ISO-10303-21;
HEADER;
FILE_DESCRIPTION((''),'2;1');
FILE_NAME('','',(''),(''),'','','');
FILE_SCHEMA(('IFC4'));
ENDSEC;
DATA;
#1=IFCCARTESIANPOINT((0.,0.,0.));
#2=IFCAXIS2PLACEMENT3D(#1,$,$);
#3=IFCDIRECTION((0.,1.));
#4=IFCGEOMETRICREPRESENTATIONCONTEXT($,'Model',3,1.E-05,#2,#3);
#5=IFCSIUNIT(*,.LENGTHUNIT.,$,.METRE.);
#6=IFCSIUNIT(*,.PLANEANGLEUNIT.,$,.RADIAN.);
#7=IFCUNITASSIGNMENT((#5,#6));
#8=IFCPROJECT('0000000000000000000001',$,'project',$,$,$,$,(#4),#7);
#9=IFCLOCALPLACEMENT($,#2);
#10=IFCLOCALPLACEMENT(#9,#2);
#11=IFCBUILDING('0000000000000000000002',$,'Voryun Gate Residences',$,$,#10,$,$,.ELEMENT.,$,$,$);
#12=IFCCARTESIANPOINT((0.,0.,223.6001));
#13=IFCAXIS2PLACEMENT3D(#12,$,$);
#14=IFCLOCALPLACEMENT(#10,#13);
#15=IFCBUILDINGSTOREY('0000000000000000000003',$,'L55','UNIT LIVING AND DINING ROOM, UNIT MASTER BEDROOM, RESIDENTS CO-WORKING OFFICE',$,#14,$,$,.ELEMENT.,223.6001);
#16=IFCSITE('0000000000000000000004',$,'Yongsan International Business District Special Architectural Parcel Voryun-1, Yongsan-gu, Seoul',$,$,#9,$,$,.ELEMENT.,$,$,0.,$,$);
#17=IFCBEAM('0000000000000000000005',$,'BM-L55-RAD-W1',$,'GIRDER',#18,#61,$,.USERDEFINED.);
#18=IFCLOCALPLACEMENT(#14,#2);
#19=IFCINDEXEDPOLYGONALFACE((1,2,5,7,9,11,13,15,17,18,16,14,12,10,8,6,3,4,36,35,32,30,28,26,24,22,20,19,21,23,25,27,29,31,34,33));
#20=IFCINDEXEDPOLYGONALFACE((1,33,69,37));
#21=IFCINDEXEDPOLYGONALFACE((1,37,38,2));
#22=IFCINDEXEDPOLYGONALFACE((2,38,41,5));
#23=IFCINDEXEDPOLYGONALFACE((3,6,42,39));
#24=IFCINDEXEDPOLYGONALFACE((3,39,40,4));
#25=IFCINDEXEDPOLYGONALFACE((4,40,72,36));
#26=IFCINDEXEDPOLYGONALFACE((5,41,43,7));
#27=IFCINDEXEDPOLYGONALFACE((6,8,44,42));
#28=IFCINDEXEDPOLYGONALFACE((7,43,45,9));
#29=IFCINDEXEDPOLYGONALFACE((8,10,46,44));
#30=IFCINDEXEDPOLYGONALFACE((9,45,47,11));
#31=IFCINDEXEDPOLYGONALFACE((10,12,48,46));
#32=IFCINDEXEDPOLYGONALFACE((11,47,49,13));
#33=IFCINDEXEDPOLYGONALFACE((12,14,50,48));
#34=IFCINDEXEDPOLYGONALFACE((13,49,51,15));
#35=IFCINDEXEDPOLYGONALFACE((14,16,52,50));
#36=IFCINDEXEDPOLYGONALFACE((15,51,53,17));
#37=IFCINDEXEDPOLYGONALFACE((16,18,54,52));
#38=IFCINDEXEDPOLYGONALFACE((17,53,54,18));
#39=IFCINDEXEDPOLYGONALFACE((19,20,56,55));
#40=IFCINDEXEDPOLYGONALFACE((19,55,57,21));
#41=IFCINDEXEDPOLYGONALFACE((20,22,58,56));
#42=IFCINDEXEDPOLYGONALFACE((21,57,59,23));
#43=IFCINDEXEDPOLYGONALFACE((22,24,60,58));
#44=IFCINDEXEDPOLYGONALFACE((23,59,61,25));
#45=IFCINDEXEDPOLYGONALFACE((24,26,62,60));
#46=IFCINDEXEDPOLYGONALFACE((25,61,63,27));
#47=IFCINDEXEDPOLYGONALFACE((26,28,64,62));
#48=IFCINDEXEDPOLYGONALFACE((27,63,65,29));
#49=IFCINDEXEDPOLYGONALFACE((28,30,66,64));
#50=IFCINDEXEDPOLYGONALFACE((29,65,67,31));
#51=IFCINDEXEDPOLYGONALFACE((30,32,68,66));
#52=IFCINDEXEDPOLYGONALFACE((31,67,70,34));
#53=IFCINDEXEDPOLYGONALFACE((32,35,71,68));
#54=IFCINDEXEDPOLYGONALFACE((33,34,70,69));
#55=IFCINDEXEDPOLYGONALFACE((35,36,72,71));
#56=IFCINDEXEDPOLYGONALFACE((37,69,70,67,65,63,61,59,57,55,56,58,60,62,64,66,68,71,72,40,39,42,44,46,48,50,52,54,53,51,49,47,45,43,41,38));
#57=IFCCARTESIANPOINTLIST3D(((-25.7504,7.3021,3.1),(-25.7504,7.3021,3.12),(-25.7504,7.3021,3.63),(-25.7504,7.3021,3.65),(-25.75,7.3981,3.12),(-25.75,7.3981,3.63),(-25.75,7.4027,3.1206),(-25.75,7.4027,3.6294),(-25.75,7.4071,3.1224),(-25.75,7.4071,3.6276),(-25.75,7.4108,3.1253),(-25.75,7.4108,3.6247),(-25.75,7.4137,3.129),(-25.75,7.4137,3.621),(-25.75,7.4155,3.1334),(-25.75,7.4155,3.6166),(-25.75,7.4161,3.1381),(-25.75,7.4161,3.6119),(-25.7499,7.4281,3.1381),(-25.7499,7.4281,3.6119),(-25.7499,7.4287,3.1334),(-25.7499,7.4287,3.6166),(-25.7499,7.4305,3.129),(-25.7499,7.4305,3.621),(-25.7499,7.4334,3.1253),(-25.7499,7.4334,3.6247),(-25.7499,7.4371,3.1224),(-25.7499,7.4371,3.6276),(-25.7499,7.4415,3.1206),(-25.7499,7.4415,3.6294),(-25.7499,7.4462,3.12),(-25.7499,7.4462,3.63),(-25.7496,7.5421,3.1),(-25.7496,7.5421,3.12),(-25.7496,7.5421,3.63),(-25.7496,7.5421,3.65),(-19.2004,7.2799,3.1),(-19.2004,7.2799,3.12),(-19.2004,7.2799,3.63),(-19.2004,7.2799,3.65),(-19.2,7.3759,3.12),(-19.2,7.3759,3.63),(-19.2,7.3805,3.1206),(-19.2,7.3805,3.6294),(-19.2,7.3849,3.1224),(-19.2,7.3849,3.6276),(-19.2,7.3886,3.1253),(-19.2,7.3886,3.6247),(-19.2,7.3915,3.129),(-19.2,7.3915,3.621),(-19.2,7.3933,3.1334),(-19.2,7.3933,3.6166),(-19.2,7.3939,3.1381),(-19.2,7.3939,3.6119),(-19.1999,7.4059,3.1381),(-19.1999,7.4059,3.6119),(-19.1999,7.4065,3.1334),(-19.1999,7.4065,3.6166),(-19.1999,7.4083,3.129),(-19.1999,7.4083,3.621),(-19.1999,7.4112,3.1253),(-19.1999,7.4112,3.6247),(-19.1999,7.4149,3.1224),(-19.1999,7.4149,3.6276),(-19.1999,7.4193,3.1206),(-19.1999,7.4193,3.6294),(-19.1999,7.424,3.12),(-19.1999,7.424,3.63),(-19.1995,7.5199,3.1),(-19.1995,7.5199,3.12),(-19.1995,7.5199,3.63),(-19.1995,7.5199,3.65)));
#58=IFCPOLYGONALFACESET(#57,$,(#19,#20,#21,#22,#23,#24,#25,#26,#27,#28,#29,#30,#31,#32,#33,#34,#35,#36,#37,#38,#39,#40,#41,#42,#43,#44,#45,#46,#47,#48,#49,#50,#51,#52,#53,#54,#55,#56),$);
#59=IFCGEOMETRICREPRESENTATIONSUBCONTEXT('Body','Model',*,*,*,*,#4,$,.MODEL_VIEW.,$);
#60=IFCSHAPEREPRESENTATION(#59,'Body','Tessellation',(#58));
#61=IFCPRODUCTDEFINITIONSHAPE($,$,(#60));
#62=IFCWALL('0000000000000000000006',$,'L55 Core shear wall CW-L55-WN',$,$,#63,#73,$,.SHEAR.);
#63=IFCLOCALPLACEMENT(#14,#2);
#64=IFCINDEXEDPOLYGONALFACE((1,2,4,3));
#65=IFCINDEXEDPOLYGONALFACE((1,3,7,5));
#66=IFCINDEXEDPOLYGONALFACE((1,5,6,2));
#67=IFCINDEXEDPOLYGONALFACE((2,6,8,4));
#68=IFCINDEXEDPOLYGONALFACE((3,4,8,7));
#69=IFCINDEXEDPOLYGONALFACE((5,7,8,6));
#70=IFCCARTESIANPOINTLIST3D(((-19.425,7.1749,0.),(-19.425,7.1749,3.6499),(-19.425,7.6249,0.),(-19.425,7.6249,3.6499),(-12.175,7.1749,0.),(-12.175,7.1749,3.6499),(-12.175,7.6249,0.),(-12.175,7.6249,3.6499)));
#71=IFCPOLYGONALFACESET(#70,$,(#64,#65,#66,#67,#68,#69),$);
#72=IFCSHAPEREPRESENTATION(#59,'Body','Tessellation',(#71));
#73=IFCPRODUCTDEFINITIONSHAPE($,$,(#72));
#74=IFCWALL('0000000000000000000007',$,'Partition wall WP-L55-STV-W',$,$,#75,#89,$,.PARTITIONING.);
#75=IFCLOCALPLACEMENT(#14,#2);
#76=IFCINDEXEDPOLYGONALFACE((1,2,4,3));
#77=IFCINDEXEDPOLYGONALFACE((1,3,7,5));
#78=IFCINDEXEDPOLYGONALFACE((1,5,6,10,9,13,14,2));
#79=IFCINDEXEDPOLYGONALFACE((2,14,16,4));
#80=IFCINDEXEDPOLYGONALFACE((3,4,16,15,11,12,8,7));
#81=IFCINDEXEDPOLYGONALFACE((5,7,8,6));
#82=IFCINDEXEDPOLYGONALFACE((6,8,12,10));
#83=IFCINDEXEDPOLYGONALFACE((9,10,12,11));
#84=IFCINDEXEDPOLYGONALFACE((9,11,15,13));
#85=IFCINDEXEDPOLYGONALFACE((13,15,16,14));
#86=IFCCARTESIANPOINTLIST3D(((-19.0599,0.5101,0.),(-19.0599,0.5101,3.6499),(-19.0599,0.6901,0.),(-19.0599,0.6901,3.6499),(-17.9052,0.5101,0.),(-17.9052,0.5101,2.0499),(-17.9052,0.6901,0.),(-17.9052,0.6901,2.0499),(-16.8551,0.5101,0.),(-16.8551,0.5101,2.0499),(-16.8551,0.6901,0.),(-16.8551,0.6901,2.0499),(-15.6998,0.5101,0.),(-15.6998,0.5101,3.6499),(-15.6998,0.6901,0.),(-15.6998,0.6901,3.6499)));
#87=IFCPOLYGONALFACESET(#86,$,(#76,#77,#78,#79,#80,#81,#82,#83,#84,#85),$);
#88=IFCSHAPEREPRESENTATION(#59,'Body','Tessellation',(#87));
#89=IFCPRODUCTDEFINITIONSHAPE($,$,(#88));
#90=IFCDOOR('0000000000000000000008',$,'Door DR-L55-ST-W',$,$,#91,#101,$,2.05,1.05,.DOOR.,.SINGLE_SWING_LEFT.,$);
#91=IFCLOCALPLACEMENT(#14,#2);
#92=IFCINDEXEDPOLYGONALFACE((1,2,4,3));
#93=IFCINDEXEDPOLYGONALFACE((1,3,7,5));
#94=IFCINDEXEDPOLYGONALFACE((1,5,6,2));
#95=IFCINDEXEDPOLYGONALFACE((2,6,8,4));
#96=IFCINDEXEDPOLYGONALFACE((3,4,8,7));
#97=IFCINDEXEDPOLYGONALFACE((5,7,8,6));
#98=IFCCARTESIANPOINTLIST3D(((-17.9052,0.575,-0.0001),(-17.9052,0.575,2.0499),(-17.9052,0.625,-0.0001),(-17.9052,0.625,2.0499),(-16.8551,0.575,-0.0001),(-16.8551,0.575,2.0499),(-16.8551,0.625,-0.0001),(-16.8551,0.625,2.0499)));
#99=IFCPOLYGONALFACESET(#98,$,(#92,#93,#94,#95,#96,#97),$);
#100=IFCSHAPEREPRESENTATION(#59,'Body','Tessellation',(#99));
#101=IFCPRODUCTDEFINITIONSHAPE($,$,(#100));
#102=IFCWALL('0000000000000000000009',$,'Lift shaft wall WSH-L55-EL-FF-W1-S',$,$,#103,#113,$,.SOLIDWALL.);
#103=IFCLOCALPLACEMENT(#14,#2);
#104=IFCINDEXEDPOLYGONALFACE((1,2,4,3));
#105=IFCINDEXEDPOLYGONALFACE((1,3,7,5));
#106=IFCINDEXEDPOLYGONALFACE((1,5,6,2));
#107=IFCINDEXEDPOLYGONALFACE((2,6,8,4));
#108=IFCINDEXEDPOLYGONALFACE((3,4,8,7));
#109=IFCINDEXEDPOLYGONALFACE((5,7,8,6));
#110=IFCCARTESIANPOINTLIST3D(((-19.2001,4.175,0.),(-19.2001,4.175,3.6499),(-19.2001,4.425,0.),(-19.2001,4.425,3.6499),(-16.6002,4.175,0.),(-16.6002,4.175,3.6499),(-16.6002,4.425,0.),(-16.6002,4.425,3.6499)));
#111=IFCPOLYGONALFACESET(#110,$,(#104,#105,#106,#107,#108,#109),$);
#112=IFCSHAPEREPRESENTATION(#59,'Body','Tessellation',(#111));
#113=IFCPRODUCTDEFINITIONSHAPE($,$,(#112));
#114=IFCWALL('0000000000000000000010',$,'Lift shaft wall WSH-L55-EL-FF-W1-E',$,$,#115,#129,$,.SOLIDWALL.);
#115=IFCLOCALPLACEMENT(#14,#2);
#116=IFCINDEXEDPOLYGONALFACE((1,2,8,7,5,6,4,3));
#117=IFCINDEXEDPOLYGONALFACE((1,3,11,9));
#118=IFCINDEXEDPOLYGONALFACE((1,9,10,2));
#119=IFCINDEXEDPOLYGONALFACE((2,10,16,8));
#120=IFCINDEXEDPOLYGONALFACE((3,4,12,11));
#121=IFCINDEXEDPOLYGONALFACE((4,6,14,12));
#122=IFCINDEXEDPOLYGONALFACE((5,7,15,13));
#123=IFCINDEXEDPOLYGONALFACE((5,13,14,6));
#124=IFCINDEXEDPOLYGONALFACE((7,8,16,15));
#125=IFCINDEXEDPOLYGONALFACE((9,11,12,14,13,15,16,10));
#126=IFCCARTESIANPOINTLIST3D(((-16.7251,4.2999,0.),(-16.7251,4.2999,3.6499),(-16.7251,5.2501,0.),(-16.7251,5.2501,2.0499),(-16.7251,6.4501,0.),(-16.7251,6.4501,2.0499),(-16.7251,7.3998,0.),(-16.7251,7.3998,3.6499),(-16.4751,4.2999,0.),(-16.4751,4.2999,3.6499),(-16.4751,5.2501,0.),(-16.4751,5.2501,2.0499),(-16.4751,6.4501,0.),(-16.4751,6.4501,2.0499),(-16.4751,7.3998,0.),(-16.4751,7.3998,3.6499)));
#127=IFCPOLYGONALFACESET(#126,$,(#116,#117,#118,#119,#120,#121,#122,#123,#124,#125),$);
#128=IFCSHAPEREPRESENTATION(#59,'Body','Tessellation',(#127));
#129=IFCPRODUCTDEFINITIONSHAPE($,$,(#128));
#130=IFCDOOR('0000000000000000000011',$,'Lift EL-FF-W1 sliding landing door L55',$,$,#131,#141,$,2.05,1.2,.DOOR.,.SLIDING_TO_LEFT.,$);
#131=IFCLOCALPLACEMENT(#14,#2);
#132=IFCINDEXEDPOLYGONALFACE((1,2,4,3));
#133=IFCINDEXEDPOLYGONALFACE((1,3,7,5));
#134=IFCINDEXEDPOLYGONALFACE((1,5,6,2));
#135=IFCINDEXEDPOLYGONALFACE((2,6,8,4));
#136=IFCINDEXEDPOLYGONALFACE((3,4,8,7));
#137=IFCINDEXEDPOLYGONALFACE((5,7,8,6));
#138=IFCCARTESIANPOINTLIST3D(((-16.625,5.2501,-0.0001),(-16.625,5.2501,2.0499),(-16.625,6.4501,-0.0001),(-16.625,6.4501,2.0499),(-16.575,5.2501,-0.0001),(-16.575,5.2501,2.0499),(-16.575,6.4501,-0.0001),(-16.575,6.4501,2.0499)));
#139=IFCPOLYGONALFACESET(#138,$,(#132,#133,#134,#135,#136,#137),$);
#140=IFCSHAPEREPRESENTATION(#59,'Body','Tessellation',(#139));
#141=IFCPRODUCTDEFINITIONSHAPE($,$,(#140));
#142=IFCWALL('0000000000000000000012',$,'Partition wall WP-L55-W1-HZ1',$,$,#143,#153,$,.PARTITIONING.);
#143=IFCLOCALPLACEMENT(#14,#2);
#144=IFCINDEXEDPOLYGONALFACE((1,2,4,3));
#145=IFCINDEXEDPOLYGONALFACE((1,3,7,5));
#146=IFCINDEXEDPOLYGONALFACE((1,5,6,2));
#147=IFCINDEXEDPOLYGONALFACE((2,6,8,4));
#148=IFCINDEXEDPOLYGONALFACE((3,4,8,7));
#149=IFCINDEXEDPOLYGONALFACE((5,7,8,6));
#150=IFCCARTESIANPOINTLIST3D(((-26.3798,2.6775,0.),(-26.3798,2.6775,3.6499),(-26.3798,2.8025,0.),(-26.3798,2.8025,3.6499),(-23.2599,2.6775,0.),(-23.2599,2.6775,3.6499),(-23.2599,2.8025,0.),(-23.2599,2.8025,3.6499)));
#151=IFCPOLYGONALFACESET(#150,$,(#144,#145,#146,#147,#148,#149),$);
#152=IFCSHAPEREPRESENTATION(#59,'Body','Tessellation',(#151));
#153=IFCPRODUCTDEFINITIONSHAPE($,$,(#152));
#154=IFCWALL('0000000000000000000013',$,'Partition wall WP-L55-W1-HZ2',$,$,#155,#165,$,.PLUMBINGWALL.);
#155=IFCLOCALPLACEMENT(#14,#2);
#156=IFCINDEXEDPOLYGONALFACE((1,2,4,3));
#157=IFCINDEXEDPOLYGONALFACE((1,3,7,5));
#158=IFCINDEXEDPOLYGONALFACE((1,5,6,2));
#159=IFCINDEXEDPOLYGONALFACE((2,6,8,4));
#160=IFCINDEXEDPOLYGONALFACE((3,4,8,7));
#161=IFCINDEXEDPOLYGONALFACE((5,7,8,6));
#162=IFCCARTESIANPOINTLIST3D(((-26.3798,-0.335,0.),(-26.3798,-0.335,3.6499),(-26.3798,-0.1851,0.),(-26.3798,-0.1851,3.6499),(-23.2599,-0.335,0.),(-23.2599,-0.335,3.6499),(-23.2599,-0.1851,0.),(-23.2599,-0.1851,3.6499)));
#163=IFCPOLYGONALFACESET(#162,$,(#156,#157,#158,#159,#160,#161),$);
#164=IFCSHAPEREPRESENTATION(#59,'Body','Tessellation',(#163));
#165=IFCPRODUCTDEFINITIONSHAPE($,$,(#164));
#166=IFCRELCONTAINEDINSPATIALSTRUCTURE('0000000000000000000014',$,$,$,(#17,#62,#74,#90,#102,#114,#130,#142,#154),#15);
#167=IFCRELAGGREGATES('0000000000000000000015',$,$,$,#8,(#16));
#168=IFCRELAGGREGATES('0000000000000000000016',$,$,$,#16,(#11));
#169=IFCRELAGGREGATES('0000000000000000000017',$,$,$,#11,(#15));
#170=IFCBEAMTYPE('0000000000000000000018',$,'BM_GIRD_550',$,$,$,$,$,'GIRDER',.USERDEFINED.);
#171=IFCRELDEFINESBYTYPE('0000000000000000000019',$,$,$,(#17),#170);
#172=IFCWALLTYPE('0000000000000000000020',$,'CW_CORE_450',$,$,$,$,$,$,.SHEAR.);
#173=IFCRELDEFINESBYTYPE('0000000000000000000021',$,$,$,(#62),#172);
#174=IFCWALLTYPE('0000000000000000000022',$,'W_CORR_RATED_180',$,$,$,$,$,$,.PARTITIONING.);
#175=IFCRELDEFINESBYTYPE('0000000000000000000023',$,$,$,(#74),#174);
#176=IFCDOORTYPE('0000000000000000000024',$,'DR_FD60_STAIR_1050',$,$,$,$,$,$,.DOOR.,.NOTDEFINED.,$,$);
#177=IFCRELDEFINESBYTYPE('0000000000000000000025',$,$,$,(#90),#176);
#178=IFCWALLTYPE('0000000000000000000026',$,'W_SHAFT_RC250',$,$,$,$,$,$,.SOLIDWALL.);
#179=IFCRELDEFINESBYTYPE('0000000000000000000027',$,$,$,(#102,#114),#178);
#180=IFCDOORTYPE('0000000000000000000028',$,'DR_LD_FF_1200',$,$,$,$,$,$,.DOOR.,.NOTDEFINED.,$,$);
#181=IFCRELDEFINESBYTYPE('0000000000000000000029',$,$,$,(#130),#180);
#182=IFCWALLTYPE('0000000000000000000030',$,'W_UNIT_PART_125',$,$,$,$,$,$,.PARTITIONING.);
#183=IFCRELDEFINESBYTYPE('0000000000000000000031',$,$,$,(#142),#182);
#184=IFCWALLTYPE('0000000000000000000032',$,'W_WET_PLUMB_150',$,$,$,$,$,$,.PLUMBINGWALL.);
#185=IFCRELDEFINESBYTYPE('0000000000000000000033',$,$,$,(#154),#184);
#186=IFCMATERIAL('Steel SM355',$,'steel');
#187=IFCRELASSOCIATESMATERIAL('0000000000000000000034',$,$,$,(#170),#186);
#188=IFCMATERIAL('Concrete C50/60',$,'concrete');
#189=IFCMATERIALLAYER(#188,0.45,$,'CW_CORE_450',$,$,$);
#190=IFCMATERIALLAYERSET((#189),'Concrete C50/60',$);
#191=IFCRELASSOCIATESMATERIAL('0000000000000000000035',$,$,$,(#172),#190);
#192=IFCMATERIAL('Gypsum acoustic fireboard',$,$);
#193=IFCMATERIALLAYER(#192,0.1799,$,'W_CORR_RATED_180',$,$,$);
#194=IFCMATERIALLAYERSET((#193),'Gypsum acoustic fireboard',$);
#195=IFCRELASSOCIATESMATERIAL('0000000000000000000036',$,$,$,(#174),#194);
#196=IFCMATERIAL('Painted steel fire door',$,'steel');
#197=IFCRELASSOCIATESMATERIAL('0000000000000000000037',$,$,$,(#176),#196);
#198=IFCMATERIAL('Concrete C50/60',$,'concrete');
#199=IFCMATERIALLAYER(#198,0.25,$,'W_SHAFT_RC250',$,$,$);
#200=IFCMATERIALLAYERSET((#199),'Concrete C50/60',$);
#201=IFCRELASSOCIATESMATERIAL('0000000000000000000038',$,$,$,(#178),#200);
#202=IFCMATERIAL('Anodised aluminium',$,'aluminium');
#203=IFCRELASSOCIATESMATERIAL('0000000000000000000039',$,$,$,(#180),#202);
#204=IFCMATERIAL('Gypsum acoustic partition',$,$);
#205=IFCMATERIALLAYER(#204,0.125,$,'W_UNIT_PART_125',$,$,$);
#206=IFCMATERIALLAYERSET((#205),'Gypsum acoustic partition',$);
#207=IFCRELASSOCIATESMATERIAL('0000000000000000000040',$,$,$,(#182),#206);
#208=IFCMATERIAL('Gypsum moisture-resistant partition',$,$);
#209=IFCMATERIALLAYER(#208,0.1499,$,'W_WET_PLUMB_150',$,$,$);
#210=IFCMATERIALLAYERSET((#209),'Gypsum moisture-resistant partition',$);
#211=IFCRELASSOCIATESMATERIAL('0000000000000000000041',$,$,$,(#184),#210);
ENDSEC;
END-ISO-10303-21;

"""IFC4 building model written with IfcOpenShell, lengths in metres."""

from ifc_helpers import new_model, si_unit, direction, frame, frame_2d, origin, origin_2d, place, context, subcontext, project, spatial, rectangle, i_section, extrude, material, layer, layer_set, material_profile, profile_set, type_object, element, fill, save


model = new_model("IFC4")

# Units and contexts
model_context = context("Model", 3, precision=1e-05, world=origin(), true_north=direction((0.0, 1.0)))
body_context = subcontext(model_context, "Body", "Model", "MODEL_VIEW")
ifc_project = project(units=[si_unit("LENGTHUNIT", "METRE"), si_unit("PLANEANGLEUNIT", "RADIAN")], contexts=[model_context])

# Site, building, storey
site_placement = place(None, origin())
site = spatial("IfcSite", under=ifc_project, at=site_placement, Name="Yongsan International Business District Special Architectural Parcel Voryun-1, Yongsan-gu, Seoul", CompositionType="ELEMENT", RefElevation=0.0)
building_placement = place(site_placement, origin())
building = spatial("IfcBuilding", under=site, at=building_placement, Name="Voryun Gate Residences", CompositionType="ELEMENT")
storey_placement = place(building_placement, frame((0.0, 0.0, 223.6001)))
storey = spatial("IfcBuildingStorey", under=building, at=storey_placement, Name="L55", Description="UNIT LIVING AND DINING ROOM, UNIT MASTER BEDROOM, RESIDENTS CO-WORKING OFFICE", CompositionType="ELEMENT", Elevation=223.6001)

# Beam
ifc_material_1 = material(Name="Steel SM355", Category="steel")
ifc_material_profile_1 = material_profile(ifc_material_1, i_section(OverallWidth=0.24, OverallDepth=0.55, WebThickness=0.012, FlangeThickness=0.02, FilletRadius=0.0181, at=origin_2d()), Name="H-550x240x12x20")
ifc_profile_set_1 = profile_set([ifc_material_profile_1], Name="Steel SM355")
beam_type_1 = type_object("IfcBeamType", Name="BM_GIRD_550", ElementType="GIRDER", PredefinedType="USERDEFINED", material=ifc_profile_set_1)
beam_1_placement = place(storey_placement, frame((-19.2, 7.3999, 3.375), z_axis=(-0.999994, 0.003392, 0.0), x_axis=(-0.003392, -0.999994, 0.0)))
element("IfcBeam", 1, at=beam_1_placement, inside=storey, type_object=beam_type_1, Name="BM-L55-RAD-W1", ObjectType="GIRDER", PredefinedType="USERDEFINED", context=body_context, shape_type="SweptSolid", body=[
    extrude(i_section(OverallWidth=0.24, OverallDepth=0.55, WebThickness=0.012, FlangeThickness=0.02, FilletRadius=0.0181, at=origin_2d()), origin(), (0.0, 0.0, 1.0), 6.55),
])

# Wall
ifc_material_2 = material(Name="Concrete C50/60", Category="concrete")
ifc_layer_1 = layer(ifc_material_2, 0.45, Name="CW_CORE_450")
ifc_layer_set_1 = layer_set([ifc_layer_1], Name="Concrete C50/60")
wall_type_1 = type_object("IfcWallType", Name="CW_CORE_450", PredefinedType="SHEAR", material=ifc_layer_set_1)
wall_1_placement = place(storey_placement, frame((-19.425, 7.3999, 0.0), z_axis=(0.0, 0.0, 1.0), x_axis=(1.0, 0.0, 0.0)))
element("IfcWall", 2, at=wall_1_placement, inside=storey, type_object=wall_type_1, Name="L55 Core shear wall CW-L55-WN", PredefinedType="SHEAR", context=body_context, shape_type="SweptSolid", body=[
    extrude(rectangle(XDim=7.25, YDim=0.45, at=frame_2d((3.625, 0.0))), origin(), (0.0, 0.0, 1.0), 3.6499),
])

# Wall, opening, door
ifc_material_3 = material(Name="Gypsum acoustic fireboard")
ifc_layer_2 = layer(ifc_material_3, 0.1799, Name="W_CORR_RATED_180")
ifc_layer_set_2 = layer_set([ifc_layer_2], Name="Gypsum acoustic fireboard")
wall_type_2 = type_object("IfcWallType", Name="W_CORR_RATED_180", PredefinedType="PARTITIONING", material=ifc_layer_set_2)
wall_2_placement = place(storey_placement, frame((-19.0601, 0.6001, 0.0), z_axis=(0.0, 0.0, 1.0), x_axis=(1.0, 0.0, 0.0)))
wall_2 = element("IfcWall", 3, at=wall_2_placement, inside=storey, type_object=wall_type_2, Name="Partition wall WP-L55-STV-W", PredefinedType="PARTITIONING", context=body_context, shape_type="SweptSolid", body=[
    extrude(rectangle(XDim=3.3601, YDim=0.1799, at=frame_2d((1.6802, 0.0))), origin(), (0.0, 0.0, 1.0), 3.6499),
])
opening_1_placement = place(wall_2_placement, frame((1.155, 0.0, 0.0)))
opening_1 = element("IfcOpeningElement", 4, at=opening_1_placement, cuts=wall_2, PredefinedType="OPENING", context=body_context, shape_type="SweptSolid", body=[
    extrude(rectangle(XDim=1.05, YDim=2.05, at=frame_2d((0.5249, 1.0249))), frame((0.0, 0.0999, 0.0), z_axis=(0.0, -1.0, 0.0), x_axis=(1.0, 0.0, 0.0)), (0.0, 0.0, 1.0), 0.2),
])
ifc_material_4 = material(Name="Painted steel fire door", Category="steel")
door_type_1 = type_object("IfcDoorType", Name="DR_FD60_STAIR_1050", OperationType="NOTDEFINED", PredefinedType="DOOR", material=ifc_material_4)
door_1_placement = place(opening_1_placement, origin())
door_1 = element("IfcDoor", 5, at=door_1_placement, inside=storey, type_object=door_type_1, Name="Door DR-L55-ST-W", OperationType="SINGLE_SWING_LEFT", OverallHeight=2.05, OverallWidth=1.05, PredefinedType="DOOR", context=body_context, shape_type="SweptSolid", body=[
    extrude(rectangle(XDim=1.05, YDim=2.05, at=frame_2d((0.5249, 1.0249))), frame((0.0, 0.0249, 0.0), z_axis=(0.0, -1.0, 0.0), x_axis=(1.0, 0.0, 0.0)), (0.0, 0.0, 1.0), 0.05),
])
fill(opening_1, door_1)

# Wall
ifc_material_5 = material(Name="Concrete C50/60", Category="concrete")
ifc_layer_3 = layer(ifc_material_5, 0.25, Name="W_SHAFT_RC250")
ifc_layer_set_3 = layer_set([ifc_layer_3], Name="Concrete C50/60")
wall_type_3 = type_object("IfcWallType", Name="W_SHAFT_RC250", PredefinedType="SOLIDWALL", material=ifc_layer_set_3)
wall_3_placement = place(storey_placement, frame((-19.2, 4.3, 0.0), z_axis=(0.0, 0.0, 1.0), x_axis=(1.0, 0.0, 0.0)))
element("IfcWall", 6, at=wall_3_placement, inside=storey, type_object=wall_type_3, Name="Lift shaft wall WSH-L55-EL-FF-W1-S", PredefinedType="SOLIDWALL", context=body_context, shape_type="SweptSolid", body=[
    extrude(rectangle(XDim=2.5999, YDim=0.25, at=frame_2d((1.2998, 0.0))), origin(), (0.0, 0.0, 1.0), 3.6499),
])

# Wall, opening, door
wall_4_placement = place(storey_placement, frame((-16.6001, 4.3, 0.0), z_axis=(0.0, 0.0, 1.0), x_axis=(0.0, 1.0, 0.0)))
wall_4 = element("IfcWall", 7, at=wall_4_placement, inside=storey, type_object=wall_type_3, Name="Lift shaft wall WSH-L55-EL-FF-W1-E", PredefinedType="SOLIDWALL", context=body_context, shape_type="SweptSolid", body=[
    extrude(rectangle(XDim=3.0999, YDim=0.25, at=frame_2d((1.5498, 0.0))), origin(), (0.0, 0.0, 1.0), 3.6499),
])
opening_2_placement = place(wall_4_placement, frame((0.95, 0.0, 0.0)))
opening_2 = element("IfcOpeningElement", 8, at=opening_2_placement, cuts=wall_4, PredefinedType="OPENING", context=body_context, shape_type="SweptSolid", body=[
    extrude(rectangle(XDim=1.2, YDim=2.05, at=frame_2d((0.6001, 1.0249))), frame((0.0, 0.135, 0.0), z_axis=(0.0, -1.0, 0.0), x_axis=(1.0, 0.0, 0.0)), (0.0, 0.0, 1.0), 0.27),
])
ifc_material_6 = material(Name="Anodised aluminium", Category="aluminium")
door_type_2 = type_object("IfcDoorType", Name="DR_LD_FF_1200", OperationType="NOTDEFINED", PredefinedType="DOOR", material=ifc_material_6)
door_2_placement = place(opening_2_placement, origin())
door_2 = element("IfcDoor", 9, at=door_2_placement, inside=storey, type_object=door_type_2, Name="Lift EL-FF-W1 sliding landing door L55", OperationType="SLIDING_TO_LEFT", OverallHeight=2.05, OverallWidth=1.2, PredefinedType="DOOR", context=body_context, shape_type="SweptSolid", body=[
    extrude(rectangle(XDim=1.2, YDim=2.05, at=frame_2d((0.6001, 1.0249))), frame((0.0, 0.0249, 0.0), z_axis=(0.0, -1.0, 0.0), x_axis=(1.0, 0.0, 0.0)), (0.0, 0.0, 1.0), 0.05),
])
fill(opening_2, door_2)

# Walls
ifc_material_7 = material(Name="Gypsum acoustic partition")
ifc_layer_4 = layer(ifc_material_7, 0.125, Name="W_UNIT_PART_125")
ifc_layer_set_4 = layer_set([ifc_layer_4], Name="Gypsum acoustic partition")
wall_type_4 = type_object("IfcWallType", Name="W_UNIT_PART_125", PredefinedType="PARTITIONING", material=ifc_layer_set_4)
wall_5_placement = place(storey_placement, frame((-26.3799, 2.74, 0.0), z_axis=(0.0, 0.0, 1.0), x_axis=(1.0, 0.0, 0.0)))
element("IfcWall", 10, at=wall_5_placement, inside=storey, type_object=wall_type_4, Name="Partition wall WP-L55-W1-HZ1", PredefinedType="PARTITIONING", context=body_context, shape_type="SweptSolid", body=[
    extrude(rectangle(XDim=3.1199, YDim=0.125, at=frame_2d((1.5601, 0.0))), origin(), (0.0, 0.0, 1.0), 3.6499),
])
ifc_material_8 = material(Name="Gypsum moisture-resistant partition")
ifc_layer_5 = layer(ifc_material_8, 0.1499, Name="W_WET_PLUMB_150")
ifc_layer_set_5 = layer_set([ifc_layer_5], Name="Gypsum moisture-resistant partition")
wall_type_5 = type_object("IfcWallType", Name="W_WET_PLUMB_150", PredefinedType="PLUMBINGWALL", material=ifc_layer_set_5)
wall_6_placement = place(storey_placement, frame((-26.3799, -0.26, 0.0), z_axis=(0.0, 0.0, 1.0), x_axis=(1.0, 0.0, 0.0)))
element("IfcWall", 11, at=wall_6_placement, inside=storey, type_object=wall_type_5, Name="Partition wall WP-L55-W1-HZ2", PredefinedType="PLUMBINGWALL", context=body_context, shape_type="SweptSolid", body=[
    extrude(rectangle(XDim=3.1199, YDim=0.1499, at=frame_2d((1.5601, 0.0))), origin(), (0.0, 0.0, 1.0), 3.6499),
])

save(model, "model.ifc")
